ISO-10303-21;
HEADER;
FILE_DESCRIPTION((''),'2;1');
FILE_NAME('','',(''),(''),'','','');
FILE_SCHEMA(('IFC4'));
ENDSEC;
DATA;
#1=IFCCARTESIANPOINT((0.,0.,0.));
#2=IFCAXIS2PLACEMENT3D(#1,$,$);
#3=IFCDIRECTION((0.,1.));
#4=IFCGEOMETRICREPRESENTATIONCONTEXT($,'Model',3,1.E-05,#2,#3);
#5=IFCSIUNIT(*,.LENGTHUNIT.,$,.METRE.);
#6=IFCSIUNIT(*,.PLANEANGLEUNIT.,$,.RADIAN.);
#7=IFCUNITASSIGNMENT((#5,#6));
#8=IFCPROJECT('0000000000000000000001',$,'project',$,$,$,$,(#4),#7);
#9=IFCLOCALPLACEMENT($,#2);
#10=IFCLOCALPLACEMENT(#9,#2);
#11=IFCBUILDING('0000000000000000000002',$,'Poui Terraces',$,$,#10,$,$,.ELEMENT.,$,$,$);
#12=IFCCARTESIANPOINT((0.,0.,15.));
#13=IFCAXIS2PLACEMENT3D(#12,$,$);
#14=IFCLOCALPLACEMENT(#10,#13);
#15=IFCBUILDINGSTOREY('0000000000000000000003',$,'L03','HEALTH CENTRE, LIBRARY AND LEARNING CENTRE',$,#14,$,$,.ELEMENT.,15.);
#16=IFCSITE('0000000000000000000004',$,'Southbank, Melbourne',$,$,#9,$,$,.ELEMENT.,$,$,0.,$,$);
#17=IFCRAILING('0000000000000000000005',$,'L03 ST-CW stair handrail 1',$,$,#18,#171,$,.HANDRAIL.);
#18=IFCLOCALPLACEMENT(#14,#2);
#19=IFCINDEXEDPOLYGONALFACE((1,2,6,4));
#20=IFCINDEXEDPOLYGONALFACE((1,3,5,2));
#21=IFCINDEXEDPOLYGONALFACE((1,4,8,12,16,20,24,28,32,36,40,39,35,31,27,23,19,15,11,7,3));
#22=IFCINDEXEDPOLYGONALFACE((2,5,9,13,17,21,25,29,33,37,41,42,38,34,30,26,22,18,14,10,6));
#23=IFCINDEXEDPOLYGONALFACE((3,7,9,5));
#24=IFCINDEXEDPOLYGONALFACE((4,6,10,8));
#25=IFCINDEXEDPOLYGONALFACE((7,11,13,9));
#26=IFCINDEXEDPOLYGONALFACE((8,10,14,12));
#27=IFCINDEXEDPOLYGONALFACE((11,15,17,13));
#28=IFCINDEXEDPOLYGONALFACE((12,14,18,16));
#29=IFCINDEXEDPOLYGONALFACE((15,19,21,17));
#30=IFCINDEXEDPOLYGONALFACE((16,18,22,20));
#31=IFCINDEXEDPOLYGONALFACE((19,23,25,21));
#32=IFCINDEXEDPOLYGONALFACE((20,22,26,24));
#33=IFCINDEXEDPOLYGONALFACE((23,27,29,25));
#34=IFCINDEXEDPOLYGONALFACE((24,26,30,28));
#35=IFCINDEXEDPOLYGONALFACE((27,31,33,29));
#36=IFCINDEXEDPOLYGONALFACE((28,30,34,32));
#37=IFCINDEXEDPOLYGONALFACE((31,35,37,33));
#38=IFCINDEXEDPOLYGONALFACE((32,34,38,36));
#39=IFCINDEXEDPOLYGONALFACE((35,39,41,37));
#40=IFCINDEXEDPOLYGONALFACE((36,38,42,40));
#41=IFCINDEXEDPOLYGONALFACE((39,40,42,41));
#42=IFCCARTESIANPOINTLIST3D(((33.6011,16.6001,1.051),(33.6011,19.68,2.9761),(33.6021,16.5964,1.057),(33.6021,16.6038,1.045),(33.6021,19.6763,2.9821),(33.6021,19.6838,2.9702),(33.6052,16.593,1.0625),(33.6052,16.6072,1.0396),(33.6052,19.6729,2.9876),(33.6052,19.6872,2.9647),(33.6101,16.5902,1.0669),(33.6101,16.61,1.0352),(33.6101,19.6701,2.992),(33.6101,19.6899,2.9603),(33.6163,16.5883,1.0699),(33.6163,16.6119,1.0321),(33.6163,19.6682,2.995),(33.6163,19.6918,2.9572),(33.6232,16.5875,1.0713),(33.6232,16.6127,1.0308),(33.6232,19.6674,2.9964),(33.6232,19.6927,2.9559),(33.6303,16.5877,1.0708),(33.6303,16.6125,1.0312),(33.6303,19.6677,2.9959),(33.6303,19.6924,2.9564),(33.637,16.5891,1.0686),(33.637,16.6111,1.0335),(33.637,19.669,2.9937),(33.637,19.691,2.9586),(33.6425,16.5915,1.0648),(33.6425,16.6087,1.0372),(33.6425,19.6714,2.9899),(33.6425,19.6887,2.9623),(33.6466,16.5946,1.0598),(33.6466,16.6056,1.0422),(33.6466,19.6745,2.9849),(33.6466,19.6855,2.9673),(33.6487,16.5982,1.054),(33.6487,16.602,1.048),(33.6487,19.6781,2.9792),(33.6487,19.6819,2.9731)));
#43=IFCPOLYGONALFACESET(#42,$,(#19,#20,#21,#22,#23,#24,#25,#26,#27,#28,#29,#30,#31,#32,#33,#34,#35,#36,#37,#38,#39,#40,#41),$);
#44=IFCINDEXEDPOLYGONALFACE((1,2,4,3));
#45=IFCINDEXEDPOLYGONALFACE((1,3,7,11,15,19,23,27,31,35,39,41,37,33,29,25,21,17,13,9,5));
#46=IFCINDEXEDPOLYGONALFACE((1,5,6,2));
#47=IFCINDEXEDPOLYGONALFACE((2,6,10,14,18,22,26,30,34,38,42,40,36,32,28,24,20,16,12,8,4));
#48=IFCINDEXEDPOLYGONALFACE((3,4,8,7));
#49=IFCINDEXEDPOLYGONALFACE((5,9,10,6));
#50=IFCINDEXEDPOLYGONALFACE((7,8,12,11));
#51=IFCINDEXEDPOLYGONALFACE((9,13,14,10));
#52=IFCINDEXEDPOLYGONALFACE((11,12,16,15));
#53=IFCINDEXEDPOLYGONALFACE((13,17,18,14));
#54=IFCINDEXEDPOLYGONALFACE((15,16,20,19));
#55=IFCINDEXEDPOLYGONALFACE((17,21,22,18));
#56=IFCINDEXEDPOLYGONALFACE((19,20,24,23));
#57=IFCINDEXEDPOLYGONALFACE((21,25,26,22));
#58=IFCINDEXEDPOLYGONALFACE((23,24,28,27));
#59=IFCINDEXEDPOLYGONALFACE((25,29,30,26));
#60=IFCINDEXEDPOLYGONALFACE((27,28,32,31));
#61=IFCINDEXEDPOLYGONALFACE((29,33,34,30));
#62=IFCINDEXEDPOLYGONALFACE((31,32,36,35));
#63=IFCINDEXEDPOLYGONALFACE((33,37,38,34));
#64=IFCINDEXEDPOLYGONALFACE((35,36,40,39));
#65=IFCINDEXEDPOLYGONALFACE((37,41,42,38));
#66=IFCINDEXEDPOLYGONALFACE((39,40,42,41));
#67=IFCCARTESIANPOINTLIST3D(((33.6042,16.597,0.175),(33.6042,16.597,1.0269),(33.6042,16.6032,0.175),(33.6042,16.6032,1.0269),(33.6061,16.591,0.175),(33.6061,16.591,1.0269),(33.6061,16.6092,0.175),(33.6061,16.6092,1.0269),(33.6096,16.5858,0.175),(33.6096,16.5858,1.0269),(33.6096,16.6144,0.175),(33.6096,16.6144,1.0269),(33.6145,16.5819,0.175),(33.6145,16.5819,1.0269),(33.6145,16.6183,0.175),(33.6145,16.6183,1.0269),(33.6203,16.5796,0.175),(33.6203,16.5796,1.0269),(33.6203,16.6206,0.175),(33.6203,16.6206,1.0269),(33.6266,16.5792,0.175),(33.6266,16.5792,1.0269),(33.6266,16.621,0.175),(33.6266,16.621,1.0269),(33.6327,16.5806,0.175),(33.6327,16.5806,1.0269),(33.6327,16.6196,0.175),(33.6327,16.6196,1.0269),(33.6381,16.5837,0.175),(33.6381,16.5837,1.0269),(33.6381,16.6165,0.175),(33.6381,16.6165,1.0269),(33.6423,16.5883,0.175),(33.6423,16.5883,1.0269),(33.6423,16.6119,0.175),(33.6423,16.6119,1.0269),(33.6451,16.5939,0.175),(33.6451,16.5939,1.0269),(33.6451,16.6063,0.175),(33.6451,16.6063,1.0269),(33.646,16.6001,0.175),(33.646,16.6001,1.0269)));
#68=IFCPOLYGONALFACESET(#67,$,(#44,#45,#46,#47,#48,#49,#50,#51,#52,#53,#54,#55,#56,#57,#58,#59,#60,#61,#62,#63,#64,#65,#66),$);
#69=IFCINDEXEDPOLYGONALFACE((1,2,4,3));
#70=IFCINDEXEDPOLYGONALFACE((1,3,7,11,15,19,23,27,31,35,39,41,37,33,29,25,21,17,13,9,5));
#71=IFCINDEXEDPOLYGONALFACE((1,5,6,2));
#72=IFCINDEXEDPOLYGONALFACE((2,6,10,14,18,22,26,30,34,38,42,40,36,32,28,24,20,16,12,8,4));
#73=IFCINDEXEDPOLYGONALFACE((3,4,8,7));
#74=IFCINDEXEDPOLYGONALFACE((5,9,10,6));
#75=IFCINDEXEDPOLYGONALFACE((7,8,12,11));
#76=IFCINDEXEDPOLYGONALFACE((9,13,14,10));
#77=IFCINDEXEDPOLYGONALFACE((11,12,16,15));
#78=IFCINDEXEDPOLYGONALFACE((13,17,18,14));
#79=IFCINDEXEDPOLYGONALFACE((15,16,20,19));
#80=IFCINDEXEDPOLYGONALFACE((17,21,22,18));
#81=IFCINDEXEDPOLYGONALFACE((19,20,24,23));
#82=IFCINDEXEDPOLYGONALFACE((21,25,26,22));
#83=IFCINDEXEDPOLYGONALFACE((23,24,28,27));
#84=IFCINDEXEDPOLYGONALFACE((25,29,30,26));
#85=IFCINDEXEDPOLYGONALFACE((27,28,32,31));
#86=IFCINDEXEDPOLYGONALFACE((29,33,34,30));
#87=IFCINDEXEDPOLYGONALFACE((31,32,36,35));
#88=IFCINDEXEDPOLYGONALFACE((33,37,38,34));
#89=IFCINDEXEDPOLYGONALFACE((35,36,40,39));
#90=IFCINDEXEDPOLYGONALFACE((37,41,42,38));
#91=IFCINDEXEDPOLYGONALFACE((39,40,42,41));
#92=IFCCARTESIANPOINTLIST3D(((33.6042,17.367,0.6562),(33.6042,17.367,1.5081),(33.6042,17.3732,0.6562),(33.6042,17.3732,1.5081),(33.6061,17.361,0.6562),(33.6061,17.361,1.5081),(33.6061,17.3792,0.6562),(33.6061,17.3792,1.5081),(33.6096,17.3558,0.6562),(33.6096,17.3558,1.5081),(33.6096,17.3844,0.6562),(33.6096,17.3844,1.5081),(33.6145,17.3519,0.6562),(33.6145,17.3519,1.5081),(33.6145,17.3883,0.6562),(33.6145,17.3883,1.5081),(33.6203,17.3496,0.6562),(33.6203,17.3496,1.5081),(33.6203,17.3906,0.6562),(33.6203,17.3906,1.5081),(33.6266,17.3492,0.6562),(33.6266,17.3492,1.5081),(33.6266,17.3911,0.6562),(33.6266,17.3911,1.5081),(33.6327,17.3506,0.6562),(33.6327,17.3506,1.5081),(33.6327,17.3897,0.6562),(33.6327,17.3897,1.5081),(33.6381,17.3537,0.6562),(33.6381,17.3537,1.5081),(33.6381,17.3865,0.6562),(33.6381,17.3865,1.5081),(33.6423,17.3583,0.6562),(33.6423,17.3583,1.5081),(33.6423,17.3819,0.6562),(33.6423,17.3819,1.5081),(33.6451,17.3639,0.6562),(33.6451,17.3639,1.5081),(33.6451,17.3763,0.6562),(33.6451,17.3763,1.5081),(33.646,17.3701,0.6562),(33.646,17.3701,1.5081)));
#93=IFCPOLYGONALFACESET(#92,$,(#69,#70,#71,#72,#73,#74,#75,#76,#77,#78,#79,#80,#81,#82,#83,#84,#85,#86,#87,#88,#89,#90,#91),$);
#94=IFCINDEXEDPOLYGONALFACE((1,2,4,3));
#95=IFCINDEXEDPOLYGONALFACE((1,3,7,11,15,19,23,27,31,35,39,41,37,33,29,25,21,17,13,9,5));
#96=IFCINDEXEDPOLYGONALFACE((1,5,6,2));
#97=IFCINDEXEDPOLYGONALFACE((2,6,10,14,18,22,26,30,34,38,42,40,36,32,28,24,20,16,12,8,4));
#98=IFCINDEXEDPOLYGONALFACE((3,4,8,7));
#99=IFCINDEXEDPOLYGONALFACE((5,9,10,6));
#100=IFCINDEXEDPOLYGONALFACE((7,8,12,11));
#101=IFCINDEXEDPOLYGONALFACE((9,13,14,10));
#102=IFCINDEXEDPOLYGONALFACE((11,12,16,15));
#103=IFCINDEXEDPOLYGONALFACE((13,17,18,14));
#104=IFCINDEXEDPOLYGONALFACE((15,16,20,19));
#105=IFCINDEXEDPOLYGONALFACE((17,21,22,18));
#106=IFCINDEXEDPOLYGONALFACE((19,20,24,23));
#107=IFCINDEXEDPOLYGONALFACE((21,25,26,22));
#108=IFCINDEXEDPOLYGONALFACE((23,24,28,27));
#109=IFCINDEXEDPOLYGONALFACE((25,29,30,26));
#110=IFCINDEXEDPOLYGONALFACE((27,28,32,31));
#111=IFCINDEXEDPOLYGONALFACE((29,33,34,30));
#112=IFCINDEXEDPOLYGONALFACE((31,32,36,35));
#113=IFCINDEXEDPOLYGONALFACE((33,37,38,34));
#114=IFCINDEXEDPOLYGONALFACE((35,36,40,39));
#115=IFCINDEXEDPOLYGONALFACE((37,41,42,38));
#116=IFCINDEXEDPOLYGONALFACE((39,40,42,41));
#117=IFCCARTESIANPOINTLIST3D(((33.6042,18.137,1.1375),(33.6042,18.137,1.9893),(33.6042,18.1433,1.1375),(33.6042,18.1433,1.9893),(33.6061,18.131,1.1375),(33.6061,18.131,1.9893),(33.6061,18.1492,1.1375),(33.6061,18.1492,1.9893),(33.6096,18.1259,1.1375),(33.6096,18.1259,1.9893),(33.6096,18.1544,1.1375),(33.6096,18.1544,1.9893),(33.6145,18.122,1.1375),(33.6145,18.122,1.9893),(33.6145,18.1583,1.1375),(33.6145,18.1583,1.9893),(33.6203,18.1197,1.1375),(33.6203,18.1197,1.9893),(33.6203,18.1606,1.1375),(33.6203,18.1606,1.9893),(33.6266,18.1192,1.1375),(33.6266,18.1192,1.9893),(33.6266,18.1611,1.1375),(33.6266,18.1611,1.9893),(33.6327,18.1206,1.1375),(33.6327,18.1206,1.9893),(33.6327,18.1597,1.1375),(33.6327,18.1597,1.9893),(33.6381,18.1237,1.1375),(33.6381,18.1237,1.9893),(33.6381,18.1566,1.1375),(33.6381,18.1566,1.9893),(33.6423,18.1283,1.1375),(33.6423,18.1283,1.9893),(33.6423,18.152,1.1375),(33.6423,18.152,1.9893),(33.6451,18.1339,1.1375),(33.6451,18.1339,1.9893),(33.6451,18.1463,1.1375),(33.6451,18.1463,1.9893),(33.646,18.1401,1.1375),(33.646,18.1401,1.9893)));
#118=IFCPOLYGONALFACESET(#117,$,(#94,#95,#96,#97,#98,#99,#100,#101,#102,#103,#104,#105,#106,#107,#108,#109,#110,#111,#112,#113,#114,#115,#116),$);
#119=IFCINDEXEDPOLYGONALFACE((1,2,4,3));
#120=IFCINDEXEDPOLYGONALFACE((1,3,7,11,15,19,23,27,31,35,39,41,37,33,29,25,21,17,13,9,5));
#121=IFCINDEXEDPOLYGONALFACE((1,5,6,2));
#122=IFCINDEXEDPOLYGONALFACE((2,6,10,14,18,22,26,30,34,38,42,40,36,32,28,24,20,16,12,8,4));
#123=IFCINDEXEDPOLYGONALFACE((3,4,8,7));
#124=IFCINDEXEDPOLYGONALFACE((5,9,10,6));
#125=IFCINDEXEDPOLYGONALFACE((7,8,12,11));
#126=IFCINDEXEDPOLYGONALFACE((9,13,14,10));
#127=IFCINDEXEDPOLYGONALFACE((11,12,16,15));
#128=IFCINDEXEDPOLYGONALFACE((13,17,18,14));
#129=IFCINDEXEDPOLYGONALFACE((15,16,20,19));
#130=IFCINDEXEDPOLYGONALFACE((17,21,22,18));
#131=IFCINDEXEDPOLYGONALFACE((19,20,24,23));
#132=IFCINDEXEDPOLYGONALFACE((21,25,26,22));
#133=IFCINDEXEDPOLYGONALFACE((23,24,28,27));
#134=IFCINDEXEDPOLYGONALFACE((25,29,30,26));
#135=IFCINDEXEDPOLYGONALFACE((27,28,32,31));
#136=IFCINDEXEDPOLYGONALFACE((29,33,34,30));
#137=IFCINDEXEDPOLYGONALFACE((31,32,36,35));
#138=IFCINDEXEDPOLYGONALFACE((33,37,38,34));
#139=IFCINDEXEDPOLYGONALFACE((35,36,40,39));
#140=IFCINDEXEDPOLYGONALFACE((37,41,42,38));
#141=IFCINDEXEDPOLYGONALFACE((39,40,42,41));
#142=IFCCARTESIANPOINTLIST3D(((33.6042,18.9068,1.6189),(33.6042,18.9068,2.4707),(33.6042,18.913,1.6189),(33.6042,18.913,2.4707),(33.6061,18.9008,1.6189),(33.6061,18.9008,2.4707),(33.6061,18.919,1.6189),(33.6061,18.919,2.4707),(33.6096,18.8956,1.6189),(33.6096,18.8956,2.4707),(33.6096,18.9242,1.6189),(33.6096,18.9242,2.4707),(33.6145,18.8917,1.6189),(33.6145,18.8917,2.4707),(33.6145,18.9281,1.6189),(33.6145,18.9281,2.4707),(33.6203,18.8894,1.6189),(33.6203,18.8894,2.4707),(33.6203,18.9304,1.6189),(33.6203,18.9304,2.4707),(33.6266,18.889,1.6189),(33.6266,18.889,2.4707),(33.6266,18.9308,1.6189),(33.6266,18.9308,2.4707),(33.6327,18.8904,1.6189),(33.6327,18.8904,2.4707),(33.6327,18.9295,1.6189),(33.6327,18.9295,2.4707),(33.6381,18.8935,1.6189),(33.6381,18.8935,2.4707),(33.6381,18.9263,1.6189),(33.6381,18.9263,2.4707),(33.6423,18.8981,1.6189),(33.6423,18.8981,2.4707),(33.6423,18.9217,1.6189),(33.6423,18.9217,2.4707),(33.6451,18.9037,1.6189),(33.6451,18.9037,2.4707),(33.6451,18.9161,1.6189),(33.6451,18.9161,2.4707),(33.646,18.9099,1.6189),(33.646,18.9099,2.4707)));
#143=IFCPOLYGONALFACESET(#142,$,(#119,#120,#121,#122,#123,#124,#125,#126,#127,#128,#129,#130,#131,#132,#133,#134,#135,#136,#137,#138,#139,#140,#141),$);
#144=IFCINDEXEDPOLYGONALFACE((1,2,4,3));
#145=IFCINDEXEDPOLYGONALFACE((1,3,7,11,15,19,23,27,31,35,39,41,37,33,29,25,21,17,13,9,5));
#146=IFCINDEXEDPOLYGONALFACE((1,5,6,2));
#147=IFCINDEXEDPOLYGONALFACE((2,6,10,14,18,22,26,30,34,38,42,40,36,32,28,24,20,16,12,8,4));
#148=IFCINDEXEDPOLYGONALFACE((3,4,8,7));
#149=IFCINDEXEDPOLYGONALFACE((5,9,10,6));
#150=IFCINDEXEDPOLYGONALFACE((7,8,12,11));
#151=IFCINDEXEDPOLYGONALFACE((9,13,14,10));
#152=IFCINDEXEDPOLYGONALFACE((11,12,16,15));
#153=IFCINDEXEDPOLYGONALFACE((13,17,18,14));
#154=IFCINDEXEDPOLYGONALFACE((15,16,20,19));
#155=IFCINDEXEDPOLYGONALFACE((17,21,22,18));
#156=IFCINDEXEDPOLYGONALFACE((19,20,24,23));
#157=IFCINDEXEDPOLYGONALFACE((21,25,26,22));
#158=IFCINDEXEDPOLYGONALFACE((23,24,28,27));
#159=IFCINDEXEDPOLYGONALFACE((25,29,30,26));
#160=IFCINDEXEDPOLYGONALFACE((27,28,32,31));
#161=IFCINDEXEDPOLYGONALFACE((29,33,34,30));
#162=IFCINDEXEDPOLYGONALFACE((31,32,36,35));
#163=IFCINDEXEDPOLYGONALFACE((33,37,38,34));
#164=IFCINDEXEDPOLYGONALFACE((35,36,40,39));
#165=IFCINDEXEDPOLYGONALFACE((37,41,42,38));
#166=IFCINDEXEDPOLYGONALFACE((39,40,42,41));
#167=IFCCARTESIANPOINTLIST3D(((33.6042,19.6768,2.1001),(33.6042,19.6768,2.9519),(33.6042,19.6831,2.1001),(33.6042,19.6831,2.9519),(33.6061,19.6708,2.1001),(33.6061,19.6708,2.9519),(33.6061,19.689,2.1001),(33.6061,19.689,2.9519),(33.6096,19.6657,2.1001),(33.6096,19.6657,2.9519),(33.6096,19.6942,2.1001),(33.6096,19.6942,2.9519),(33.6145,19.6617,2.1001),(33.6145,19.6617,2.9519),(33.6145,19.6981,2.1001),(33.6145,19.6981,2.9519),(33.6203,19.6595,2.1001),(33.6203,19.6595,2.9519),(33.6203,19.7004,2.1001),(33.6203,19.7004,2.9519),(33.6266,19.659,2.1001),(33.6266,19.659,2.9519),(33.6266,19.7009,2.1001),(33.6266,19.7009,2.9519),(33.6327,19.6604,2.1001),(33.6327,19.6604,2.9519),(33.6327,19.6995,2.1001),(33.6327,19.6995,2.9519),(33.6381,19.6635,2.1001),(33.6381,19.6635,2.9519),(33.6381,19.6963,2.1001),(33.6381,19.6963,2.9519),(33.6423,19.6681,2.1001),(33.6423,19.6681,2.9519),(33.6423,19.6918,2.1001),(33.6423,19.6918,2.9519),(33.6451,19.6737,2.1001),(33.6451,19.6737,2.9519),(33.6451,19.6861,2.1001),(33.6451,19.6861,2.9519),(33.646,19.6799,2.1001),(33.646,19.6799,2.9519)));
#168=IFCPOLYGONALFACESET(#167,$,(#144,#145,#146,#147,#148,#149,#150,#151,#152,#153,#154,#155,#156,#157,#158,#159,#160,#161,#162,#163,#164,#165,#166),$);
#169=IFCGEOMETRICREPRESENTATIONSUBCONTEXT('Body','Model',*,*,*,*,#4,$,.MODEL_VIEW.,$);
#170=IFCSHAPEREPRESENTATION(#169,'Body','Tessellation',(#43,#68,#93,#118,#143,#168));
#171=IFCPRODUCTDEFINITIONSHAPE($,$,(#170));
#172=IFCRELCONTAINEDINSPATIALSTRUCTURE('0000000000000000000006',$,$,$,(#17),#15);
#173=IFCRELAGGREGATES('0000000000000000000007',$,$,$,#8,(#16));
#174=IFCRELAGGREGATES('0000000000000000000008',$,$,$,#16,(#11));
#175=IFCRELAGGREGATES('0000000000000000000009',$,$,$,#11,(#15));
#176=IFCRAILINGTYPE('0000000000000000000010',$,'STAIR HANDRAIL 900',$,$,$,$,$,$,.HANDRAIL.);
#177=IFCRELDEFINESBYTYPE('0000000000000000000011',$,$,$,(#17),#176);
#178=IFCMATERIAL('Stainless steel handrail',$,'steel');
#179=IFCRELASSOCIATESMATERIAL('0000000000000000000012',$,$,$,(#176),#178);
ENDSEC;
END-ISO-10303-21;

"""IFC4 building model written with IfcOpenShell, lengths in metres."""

from ifc_helpers import new_model, si_unit, direction, frame, origin, origin_2d, place, context, subcontext, project, spatial, circle, extrude, material, type_object, element, save


model = new_model("IFC4")

# Units and contexts
model_context = context("Model", 3, precision=1e-05, world=origin(), true_north=direction((0.0, 1.0)))
body_context = subcontext(model_context, "Body", "Model", "MODEL_VIEW")
ifc_project = project(units=[si_unit("LENGTHUNIT", "METRE"), si_unit("PLANEANGLEUNIT", "RADIAN")], contexts=[model_context])

# Site, building, storey
site_placement = place(None, origin())
site = spatial("IfcSite", under=ifc_project, at=site_placement, Name="Southbank, Melbourne", CompositionType="ELEMENT", RefElevation=0.0)
building_placement = place(site_placement, origin())
building = spatial("IfcBuilding", under=site, at=building_placement, Name="Poui Terraces", CompositionType="ELEMENT")
storey_placement = place(building_placement, frame((0.0, 0.0, 15.0)))
storey = spatial("IfcBuildingStorey", under=building, at=storey_placement, Name="L03", Description="HEALTH CENTRE, LIBRARY AND LEARNING CENTRE", CompositionType="ELEMENT", Elevation=15.0)

# Railing
ifc_material_1 = material(Name="Stainless steel handrail", Category="steel")
railing_type_1 = type_object("IfcRailingType", Name="STAIR HANDRAIL 900", PredefinedType="HANDRAIL", material=ifc_material_1)
railing_1_placement = place(storey_placement, frame((33.625, 16.6001, 0.175)))
element("IfcRailing", 1, at=railing_1_placement, inside=storey, type_object=railing_type_1, Name="L03 ST-CW stair handrail 1", PredefinedType="HANDRAIL", context=body_context, shape_type="SweptSolid", body=[
    extrude(circle(Radius=0.0239, at=origin_2d()), frame((0.0, 0.0, 0.876), z_axis=(0.0, 0.847979, 0.530029), x_axis=(-1.0, 0.0, 0.0)), (0.0, 0.0, 1.0), 3.6321),
    extrude(circle(Radius=0.021, at=origin_2d()), origin(), (0.0, 0.0, 1.0), 0.8518),
    extrude(circle(Radius=0.021, at=origin_2d()), frame((0.0, 0.77, 0.4812)), (0.0, 0.0, 1.0), 0.8518),
    extrude(circle(Radius=0.021, at=origin_2d()), frame((0.0, 1.54, 0.9624)), (0.0, 0.0, 1.0), 0.8518),
    extrude(circle(Radius=0.021, at=origin_2d()), frame((0.0, 2.3098, 1.4438)), (0.0, 0.0, 1.0), 0.8518),
    extrude(circle(Radius=0.021, at=origin_2d()), frame((0.0, 3.0798, 1.925)), (0.0, 0.0, 1.0), 0.8518),
])

save(model, "model.ifc")
